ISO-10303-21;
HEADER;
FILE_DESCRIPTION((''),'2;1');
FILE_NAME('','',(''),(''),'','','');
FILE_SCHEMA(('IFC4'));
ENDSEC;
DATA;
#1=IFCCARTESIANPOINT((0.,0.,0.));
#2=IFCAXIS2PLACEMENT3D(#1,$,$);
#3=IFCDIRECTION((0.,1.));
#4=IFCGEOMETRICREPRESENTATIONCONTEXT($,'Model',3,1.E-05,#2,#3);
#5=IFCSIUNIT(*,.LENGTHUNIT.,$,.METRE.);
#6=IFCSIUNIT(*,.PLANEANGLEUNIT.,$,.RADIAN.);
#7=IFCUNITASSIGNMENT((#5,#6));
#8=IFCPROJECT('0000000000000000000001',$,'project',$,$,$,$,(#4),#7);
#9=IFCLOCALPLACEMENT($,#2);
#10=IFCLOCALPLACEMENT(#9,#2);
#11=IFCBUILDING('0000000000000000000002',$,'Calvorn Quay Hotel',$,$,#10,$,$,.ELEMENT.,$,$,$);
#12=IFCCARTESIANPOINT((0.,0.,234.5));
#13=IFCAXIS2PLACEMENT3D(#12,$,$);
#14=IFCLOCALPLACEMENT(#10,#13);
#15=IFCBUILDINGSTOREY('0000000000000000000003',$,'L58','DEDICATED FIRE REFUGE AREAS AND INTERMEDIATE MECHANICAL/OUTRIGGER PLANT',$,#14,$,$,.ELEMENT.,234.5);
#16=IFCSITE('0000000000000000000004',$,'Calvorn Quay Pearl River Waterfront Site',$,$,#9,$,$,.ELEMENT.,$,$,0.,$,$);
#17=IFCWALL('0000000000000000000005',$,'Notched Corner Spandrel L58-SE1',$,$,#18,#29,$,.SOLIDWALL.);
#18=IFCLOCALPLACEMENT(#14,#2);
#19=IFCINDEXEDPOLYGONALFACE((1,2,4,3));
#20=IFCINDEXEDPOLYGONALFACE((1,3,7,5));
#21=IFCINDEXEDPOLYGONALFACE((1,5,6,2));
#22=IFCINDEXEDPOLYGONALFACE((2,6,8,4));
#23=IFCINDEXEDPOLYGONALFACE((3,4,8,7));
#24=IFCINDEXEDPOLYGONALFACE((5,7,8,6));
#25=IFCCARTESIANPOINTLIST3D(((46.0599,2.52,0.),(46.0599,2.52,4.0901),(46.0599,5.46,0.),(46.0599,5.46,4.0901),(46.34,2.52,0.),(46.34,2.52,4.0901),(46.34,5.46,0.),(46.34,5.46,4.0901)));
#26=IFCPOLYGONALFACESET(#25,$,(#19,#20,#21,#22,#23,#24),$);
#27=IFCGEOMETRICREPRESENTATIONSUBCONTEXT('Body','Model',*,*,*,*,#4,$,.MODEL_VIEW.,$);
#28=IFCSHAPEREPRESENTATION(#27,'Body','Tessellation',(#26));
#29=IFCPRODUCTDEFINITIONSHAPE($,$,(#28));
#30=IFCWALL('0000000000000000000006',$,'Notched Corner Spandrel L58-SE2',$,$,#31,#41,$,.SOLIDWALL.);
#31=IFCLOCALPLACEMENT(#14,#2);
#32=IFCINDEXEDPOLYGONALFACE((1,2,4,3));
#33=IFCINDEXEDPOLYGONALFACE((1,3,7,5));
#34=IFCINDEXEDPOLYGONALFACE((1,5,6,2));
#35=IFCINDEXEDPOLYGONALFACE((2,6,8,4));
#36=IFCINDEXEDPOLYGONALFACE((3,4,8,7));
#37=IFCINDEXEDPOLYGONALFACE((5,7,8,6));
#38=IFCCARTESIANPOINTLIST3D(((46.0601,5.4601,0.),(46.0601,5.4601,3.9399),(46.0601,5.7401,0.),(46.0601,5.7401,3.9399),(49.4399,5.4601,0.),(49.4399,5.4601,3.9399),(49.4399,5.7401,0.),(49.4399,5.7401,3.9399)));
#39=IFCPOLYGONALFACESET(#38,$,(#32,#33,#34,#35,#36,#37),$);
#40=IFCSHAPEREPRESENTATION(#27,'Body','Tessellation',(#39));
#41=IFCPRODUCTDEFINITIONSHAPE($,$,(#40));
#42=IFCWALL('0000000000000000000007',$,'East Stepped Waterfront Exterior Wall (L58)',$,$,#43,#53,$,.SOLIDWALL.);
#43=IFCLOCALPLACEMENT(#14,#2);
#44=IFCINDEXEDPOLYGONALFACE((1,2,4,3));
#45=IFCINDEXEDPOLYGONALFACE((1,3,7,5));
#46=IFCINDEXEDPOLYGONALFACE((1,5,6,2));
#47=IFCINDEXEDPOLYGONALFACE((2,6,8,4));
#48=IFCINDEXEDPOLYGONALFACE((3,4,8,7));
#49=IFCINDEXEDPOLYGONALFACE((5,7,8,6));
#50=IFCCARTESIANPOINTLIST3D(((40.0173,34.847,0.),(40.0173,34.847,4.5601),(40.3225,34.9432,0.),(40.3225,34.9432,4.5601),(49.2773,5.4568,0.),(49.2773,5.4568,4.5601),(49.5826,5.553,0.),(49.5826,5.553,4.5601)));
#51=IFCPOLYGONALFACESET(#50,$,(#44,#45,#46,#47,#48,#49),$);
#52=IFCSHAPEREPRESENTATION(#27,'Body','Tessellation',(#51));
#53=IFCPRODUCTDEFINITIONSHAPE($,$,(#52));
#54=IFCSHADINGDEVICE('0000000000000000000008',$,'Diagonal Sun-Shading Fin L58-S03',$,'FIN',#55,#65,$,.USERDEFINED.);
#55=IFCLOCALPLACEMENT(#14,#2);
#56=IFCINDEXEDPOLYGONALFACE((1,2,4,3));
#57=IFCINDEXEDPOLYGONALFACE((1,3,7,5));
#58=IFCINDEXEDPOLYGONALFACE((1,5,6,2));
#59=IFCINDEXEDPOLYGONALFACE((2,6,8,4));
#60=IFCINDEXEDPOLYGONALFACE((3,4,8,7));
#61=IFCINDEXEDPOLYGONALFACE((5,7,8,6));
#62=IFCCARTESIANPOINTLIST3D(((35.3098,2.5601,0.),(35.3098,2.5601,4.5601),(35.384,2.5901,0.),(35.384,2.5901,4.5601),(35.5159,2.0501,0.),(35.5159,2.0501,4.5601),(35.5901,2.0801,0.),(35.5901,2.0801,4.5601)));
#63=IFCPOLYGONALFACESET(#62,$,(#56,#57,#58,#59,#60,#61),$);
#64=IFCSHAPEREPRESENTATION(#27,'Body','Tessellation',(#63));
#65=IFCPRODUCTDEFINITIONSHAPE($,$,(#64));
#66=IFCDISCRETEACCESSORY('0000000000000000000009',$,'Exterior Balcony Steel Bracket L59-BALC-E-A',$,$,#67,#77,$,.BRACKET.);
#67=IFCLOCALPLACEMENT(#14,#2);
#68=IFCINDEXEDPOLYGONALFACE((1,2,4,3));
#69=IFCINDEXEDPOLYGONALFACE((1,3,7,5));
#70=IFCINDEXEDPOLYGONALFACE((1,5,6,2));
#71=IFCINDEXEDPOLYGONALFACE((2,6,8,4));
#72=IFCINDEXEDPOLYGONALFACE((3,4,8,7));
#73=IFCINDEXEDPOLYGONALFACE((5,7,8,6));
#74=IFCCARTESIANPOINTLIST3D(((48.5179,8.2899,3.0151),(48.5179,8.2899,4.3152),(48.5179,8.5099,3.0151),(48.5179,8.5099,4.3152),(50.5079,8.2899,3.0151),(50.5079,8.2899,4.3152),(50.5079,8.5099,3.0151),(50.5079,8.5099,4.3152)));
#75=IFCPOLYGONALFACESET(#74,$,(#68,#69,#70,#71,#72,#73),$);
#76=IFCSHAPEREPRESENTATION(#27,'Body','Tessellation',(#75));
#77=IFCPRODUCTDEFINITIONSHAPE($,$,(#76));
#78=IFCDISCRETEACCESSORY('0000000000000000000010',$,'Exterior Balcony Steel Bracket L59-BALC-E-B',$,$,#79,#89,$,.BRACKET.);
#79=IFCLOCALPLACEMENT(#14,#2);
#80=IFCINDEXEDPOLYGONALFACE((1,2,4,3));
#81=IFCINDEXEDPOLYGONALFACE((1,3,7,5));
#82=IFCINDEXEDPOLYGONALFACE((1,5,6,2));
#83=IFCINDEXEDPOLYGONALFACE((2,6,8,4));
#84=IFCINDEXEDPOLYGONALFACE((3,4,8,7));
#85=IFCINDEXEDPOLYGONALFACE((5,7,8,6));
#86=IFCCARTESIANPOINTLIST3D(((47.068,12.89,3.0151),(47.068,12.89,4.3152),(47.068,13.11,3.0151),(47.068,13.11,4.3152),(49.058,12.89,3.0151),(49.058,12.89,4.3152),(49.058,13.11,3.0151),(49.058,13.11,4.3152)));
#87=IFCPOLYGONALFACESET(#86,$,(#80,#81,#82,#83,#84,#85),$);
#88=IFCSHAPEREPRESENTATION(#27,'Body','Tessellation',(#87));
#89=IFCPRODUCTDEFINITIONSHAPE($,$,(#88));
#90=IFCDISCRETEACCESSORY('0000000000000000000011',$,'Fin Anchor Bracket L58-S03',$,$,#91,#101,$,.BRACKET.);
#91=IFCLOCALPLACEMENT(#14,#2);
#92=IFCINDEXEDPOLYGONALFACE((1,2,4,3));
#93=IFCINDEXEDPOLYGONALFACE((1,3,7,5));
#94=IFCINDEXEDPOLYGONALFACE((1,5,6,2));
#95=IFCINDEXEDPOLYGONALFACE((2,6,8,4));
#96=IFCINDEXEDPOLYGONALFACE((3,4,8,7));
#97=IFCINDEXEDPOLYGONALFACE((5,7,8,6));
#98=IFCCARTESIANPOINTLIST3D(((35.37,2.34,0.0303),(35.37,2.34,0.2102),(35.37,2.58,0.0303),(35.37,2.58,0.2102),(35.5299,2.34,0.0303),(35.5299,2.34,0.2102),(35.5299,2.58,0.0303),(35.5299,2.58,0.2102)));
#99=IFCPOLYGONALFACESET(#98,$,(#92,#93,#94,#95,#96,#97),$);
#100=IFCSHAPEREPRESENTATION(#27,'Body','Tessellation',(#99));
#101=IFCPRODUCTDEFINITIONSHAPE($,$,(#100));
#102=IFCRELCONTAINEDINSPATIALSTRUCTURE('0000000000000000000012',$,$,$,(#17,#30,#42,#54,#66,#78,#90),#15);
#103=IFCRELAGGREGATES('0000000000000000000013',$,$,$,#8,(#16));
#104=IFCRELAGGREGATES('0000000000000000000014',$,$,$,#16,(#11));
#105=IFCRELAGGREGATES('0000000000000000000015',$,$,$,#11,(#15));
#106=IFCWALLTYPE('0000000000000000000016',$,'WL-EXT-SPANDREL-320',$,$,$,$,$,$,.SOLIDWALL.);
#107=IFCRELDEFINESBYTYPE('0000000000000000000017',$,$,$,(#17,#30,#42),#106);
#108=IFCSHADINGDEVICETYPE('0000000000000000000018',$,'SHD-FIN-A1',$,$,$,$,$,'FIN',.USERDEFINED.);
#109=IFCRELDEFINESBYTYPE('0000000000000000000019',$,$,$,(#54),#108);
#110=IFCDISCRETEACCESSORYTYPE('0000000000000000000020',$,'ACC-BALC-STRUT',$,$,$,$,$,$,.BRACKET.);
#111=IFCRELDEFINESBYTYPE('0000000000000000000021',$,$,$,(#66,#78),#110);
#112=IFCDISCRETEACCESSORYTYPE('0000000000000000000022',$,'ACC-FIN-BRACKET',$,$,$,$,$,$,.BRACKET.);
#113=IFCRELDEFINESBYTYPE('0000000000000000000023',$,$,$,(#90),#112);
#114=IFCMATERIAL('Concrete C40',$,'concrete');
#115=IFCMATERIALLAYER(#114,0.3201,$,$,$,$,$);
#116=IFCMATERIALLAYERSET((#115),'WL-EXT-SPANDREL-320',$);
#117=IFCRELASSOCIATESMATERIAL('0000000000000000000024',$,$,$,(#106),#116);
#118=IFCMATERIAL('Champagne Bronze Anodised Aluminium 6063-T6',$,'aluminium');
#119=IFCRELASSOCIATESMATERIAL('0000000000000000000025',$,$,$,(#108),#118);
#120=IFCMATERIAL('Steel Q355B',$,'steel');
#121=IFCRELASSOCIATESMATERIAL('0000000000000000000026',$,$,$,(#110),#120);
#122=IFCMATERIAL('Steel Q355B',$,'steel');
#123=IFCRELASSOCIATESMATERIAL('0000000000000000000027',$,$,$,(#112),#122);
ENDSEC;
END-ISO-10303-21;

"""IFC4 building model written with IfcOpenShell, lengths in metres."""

from ifc_helpers import new_model, si_unit, direction, frame, frame_2d, origin, origin_2d, place, context, subcontext, project, spatial, rectangle, extrude, material, layer, layer_set, type_object, element, save


model = new_model("IFC4")

# Units and contexts
model_context = context("Model", 3, precision=1e-05, world=origin(), true_north=direction((0.0, 1.0)))
body_context = subcontext(model_context, "Body", "Model", "MODEL_VIEW")
ifc_project = project(units=[si_unit("LENGTHUNIT", "METRE"), si_unit("PLANEANGLEUNIT", "RADIAN")], contexts=[model_context])

# Site, building, storey
site_placement = place(None, origin())
site = spatial("IfcSite", under=ifc_project, at=site_placement, Name="Calvorn Quay Pearl River Waterfront Site", CompositionType="ELEMENT", RefElevation=0.0)
building_placement = place(site_placement, origin())
building = spatial("IfcBuilding", under=site, at=building_placement, Name="Calvorn Quay Hotel", CompositionType="ELEMENT")
storey_placement = place(building_placement, frame((0.0, 0.0, 234.5)))
storey = spatial("IfcBuildingStorey", under=building, at=storey_placement, Name="L58", Description="DEDICATED FIRE REFUGE AREAS AND INTERMEDIATE MECHANICAL/OUTRIGGER PLANT", CompositionType="ELEMENT", Elevation=234.5)

# Walls
ifc_material_1 = material(Name="Concrete C40", Category="concrete")
ifc_layer_1 = layer(ifc_material_1, 0.3201)
ifc_layer_set_1 = layer_set([ifc_layer_1], Name="WL-EXT-SPANDREL-320")
wall_type = type_object("IfcWallType", Name="WL-EXT-SPANDREL-320", PredefinedType="SOLIDWALL", material=ifc_layer_set_1)
wall_1_placement = place(storey_placement, frame((46.2, 2.52, 0.0), z_axis=(0.0, 0.0, 1.0), x_axis=(0.0, 1.0, 0.0)))
element("IfcWall", 1, at=wall_1_placement, inside=storey, type_object=wall_type, Name="Notched Corner Spandrel L58-SE1", PredefinedType="SOLIDWALL", context=body_context, shape_type="SweptSolid", body=[
    extrude(rectangle(XDim=2.9399, YDim=0.28, at=frame_2d((1.47, 0.0))), origin(), (0.0, 0.0, 1.0), 4.0901),
])
wall_2_placement = place(storey_placement, frame((46.0601, 5.6001, 0.0), z_axis=(0.0, 0.0, 1.0), x_axis=(1.0, 0.0, 0.0)))
element("IfcWall", 2, at=wall_2_placement, inside=storey, type_object=wall_type, Name="Notched Corner Spandrel L58-SE2", PredefinedType="SOLIDWALL", context=body_context, shape_type="SweptSolid", body=[
    extrude(rectangle(XDim=3.3799, YDim=0.28, at=frame_2d((1.6899, 0.0))), origin(), (0.0, 0.0, 1.0), 3.9399),
])
wall_3_placement = place(storey_placement, frame((49.4299, 5.5049, 0.0), z_axis=(0.0, 0.0, 1.0), x_axis=(-0.300509, 0.953779, 0.0)))
element("IfcWall", 3, at=wall_3_placement, inside=storey, type_object=wall_type, Name="East Stepped Waterfront Exterior Wall (L58)", PredefinedType="SOLIDWALL", context=body_context, shape_type="SweptSolid", body=[
    extrude(rectangle(XDim=30.8145, YDim=0.3201, at=frame_2d((15.4072, 0.0))), origin(), (0.0, 0.0, 1.0), 4.5601),
])

# Shading device
ifc_material_2 = material(Name="Champagne Bronze Anodised Aluminium 6063-T6", Category="aluminium")
shading_device_type = type_object("IfcShadingDeviceType", Name="SHD-FIN-A1", ElementType="FIN", PredefinedType="USERDEFINED", material=ifc_material_2)
shading_device_placement = place(storey_placement, frame((35.45, 2.3201, 0.0), z_axis=(0.0, 0.0, 1.0), x_axis=(-0.374607, 0.927184, 0.0)))
element("IfcShadingDevice", 4, at=shading_device_placement, inside=storey, type_object=shading_device_type, Name="Diagonal Sun-Shading Fin L58-S03", ObjectType="FIN", PredefinedType="USERDEFINED", context=body_context, shape_type="SweptSolid", body=[
    extrude(rectangle(XDim=0.55, YDim=0.0801, at=origin_2d()), origin(), (0.0, 0.0, 1.0), 4.5601),
])

# Discrete accessories
ifc_material_3 = material(Name="Steel Q355B", Category="steel")
discrete_accessory_type_1 = type_object("IfcDiscreteAccessoryType", Name="ACC-BALC-STRUT", PredefinedType="BRACKET", material=ifc_material_3)
for number, where, z_axis, x_axis, name in (
    (5, (49.5129, 8.3999, 3.0151), (0.0, 0.0, 1.0), (1.0, 0.0, 0.0), "Exterior Balcony Steel Bracket L59-BALC-E-A"),
    (6, (48.063, 13.0, 3.0151), (0.0, 0.0, 1.0), (1.0, 0.0, 0.0), "Exterior Balcony Steel Bracket L59-BALC-E-B"),
):
    element("IfcDiscreteAccessory", number, at=place(storey_placement, frame(where, z_axis=z_axis, x_axis=x_axis)), inside=storey, type_object=discrete_accessory_type_1, Name=name, PredefinedType="BRACKET", context=body_context, shape_type="SweptSolid", body=[
        extrude(rectangle(XDim=1.99, YDim=0.22, at=origin_2d()), origin(), (0.0, 0.0, 1.0), 1.3),
    ])
ifc_material_4 = material(Name="Steel Q355B", Category="steel")
discrete_accessory_type_2 = type_object("IfcDiscreteAccessoryType", Name="ACC-FIN-BRACKET", PredefinedType="BRACKET", material=ifc_material_4)
discrete_accessory_placement = place(storey_placement, frame((35.45, 2.46, 0.0303), z_axis=(0.0, 0.0, 1.0), x_axis=(0.0, 1.0, 0.0)))
element("IfcDiscreteAccessory", 7, at=discrete_accessory_placement, inside=storey, type_object=discrete_accessory_type_2, Name="Fin Anchor Bracket L58-S03", PredefinedType="BRACKET", context=body_context, shape_type="SweptSolid", body=[
    extrude(rectangle(XDim=0.24, YDim=0.1599, at=origin_2d()), origin(), (0.0, 0.0, 1.0), 0.1799),
])

save(model, "model.ifc")
